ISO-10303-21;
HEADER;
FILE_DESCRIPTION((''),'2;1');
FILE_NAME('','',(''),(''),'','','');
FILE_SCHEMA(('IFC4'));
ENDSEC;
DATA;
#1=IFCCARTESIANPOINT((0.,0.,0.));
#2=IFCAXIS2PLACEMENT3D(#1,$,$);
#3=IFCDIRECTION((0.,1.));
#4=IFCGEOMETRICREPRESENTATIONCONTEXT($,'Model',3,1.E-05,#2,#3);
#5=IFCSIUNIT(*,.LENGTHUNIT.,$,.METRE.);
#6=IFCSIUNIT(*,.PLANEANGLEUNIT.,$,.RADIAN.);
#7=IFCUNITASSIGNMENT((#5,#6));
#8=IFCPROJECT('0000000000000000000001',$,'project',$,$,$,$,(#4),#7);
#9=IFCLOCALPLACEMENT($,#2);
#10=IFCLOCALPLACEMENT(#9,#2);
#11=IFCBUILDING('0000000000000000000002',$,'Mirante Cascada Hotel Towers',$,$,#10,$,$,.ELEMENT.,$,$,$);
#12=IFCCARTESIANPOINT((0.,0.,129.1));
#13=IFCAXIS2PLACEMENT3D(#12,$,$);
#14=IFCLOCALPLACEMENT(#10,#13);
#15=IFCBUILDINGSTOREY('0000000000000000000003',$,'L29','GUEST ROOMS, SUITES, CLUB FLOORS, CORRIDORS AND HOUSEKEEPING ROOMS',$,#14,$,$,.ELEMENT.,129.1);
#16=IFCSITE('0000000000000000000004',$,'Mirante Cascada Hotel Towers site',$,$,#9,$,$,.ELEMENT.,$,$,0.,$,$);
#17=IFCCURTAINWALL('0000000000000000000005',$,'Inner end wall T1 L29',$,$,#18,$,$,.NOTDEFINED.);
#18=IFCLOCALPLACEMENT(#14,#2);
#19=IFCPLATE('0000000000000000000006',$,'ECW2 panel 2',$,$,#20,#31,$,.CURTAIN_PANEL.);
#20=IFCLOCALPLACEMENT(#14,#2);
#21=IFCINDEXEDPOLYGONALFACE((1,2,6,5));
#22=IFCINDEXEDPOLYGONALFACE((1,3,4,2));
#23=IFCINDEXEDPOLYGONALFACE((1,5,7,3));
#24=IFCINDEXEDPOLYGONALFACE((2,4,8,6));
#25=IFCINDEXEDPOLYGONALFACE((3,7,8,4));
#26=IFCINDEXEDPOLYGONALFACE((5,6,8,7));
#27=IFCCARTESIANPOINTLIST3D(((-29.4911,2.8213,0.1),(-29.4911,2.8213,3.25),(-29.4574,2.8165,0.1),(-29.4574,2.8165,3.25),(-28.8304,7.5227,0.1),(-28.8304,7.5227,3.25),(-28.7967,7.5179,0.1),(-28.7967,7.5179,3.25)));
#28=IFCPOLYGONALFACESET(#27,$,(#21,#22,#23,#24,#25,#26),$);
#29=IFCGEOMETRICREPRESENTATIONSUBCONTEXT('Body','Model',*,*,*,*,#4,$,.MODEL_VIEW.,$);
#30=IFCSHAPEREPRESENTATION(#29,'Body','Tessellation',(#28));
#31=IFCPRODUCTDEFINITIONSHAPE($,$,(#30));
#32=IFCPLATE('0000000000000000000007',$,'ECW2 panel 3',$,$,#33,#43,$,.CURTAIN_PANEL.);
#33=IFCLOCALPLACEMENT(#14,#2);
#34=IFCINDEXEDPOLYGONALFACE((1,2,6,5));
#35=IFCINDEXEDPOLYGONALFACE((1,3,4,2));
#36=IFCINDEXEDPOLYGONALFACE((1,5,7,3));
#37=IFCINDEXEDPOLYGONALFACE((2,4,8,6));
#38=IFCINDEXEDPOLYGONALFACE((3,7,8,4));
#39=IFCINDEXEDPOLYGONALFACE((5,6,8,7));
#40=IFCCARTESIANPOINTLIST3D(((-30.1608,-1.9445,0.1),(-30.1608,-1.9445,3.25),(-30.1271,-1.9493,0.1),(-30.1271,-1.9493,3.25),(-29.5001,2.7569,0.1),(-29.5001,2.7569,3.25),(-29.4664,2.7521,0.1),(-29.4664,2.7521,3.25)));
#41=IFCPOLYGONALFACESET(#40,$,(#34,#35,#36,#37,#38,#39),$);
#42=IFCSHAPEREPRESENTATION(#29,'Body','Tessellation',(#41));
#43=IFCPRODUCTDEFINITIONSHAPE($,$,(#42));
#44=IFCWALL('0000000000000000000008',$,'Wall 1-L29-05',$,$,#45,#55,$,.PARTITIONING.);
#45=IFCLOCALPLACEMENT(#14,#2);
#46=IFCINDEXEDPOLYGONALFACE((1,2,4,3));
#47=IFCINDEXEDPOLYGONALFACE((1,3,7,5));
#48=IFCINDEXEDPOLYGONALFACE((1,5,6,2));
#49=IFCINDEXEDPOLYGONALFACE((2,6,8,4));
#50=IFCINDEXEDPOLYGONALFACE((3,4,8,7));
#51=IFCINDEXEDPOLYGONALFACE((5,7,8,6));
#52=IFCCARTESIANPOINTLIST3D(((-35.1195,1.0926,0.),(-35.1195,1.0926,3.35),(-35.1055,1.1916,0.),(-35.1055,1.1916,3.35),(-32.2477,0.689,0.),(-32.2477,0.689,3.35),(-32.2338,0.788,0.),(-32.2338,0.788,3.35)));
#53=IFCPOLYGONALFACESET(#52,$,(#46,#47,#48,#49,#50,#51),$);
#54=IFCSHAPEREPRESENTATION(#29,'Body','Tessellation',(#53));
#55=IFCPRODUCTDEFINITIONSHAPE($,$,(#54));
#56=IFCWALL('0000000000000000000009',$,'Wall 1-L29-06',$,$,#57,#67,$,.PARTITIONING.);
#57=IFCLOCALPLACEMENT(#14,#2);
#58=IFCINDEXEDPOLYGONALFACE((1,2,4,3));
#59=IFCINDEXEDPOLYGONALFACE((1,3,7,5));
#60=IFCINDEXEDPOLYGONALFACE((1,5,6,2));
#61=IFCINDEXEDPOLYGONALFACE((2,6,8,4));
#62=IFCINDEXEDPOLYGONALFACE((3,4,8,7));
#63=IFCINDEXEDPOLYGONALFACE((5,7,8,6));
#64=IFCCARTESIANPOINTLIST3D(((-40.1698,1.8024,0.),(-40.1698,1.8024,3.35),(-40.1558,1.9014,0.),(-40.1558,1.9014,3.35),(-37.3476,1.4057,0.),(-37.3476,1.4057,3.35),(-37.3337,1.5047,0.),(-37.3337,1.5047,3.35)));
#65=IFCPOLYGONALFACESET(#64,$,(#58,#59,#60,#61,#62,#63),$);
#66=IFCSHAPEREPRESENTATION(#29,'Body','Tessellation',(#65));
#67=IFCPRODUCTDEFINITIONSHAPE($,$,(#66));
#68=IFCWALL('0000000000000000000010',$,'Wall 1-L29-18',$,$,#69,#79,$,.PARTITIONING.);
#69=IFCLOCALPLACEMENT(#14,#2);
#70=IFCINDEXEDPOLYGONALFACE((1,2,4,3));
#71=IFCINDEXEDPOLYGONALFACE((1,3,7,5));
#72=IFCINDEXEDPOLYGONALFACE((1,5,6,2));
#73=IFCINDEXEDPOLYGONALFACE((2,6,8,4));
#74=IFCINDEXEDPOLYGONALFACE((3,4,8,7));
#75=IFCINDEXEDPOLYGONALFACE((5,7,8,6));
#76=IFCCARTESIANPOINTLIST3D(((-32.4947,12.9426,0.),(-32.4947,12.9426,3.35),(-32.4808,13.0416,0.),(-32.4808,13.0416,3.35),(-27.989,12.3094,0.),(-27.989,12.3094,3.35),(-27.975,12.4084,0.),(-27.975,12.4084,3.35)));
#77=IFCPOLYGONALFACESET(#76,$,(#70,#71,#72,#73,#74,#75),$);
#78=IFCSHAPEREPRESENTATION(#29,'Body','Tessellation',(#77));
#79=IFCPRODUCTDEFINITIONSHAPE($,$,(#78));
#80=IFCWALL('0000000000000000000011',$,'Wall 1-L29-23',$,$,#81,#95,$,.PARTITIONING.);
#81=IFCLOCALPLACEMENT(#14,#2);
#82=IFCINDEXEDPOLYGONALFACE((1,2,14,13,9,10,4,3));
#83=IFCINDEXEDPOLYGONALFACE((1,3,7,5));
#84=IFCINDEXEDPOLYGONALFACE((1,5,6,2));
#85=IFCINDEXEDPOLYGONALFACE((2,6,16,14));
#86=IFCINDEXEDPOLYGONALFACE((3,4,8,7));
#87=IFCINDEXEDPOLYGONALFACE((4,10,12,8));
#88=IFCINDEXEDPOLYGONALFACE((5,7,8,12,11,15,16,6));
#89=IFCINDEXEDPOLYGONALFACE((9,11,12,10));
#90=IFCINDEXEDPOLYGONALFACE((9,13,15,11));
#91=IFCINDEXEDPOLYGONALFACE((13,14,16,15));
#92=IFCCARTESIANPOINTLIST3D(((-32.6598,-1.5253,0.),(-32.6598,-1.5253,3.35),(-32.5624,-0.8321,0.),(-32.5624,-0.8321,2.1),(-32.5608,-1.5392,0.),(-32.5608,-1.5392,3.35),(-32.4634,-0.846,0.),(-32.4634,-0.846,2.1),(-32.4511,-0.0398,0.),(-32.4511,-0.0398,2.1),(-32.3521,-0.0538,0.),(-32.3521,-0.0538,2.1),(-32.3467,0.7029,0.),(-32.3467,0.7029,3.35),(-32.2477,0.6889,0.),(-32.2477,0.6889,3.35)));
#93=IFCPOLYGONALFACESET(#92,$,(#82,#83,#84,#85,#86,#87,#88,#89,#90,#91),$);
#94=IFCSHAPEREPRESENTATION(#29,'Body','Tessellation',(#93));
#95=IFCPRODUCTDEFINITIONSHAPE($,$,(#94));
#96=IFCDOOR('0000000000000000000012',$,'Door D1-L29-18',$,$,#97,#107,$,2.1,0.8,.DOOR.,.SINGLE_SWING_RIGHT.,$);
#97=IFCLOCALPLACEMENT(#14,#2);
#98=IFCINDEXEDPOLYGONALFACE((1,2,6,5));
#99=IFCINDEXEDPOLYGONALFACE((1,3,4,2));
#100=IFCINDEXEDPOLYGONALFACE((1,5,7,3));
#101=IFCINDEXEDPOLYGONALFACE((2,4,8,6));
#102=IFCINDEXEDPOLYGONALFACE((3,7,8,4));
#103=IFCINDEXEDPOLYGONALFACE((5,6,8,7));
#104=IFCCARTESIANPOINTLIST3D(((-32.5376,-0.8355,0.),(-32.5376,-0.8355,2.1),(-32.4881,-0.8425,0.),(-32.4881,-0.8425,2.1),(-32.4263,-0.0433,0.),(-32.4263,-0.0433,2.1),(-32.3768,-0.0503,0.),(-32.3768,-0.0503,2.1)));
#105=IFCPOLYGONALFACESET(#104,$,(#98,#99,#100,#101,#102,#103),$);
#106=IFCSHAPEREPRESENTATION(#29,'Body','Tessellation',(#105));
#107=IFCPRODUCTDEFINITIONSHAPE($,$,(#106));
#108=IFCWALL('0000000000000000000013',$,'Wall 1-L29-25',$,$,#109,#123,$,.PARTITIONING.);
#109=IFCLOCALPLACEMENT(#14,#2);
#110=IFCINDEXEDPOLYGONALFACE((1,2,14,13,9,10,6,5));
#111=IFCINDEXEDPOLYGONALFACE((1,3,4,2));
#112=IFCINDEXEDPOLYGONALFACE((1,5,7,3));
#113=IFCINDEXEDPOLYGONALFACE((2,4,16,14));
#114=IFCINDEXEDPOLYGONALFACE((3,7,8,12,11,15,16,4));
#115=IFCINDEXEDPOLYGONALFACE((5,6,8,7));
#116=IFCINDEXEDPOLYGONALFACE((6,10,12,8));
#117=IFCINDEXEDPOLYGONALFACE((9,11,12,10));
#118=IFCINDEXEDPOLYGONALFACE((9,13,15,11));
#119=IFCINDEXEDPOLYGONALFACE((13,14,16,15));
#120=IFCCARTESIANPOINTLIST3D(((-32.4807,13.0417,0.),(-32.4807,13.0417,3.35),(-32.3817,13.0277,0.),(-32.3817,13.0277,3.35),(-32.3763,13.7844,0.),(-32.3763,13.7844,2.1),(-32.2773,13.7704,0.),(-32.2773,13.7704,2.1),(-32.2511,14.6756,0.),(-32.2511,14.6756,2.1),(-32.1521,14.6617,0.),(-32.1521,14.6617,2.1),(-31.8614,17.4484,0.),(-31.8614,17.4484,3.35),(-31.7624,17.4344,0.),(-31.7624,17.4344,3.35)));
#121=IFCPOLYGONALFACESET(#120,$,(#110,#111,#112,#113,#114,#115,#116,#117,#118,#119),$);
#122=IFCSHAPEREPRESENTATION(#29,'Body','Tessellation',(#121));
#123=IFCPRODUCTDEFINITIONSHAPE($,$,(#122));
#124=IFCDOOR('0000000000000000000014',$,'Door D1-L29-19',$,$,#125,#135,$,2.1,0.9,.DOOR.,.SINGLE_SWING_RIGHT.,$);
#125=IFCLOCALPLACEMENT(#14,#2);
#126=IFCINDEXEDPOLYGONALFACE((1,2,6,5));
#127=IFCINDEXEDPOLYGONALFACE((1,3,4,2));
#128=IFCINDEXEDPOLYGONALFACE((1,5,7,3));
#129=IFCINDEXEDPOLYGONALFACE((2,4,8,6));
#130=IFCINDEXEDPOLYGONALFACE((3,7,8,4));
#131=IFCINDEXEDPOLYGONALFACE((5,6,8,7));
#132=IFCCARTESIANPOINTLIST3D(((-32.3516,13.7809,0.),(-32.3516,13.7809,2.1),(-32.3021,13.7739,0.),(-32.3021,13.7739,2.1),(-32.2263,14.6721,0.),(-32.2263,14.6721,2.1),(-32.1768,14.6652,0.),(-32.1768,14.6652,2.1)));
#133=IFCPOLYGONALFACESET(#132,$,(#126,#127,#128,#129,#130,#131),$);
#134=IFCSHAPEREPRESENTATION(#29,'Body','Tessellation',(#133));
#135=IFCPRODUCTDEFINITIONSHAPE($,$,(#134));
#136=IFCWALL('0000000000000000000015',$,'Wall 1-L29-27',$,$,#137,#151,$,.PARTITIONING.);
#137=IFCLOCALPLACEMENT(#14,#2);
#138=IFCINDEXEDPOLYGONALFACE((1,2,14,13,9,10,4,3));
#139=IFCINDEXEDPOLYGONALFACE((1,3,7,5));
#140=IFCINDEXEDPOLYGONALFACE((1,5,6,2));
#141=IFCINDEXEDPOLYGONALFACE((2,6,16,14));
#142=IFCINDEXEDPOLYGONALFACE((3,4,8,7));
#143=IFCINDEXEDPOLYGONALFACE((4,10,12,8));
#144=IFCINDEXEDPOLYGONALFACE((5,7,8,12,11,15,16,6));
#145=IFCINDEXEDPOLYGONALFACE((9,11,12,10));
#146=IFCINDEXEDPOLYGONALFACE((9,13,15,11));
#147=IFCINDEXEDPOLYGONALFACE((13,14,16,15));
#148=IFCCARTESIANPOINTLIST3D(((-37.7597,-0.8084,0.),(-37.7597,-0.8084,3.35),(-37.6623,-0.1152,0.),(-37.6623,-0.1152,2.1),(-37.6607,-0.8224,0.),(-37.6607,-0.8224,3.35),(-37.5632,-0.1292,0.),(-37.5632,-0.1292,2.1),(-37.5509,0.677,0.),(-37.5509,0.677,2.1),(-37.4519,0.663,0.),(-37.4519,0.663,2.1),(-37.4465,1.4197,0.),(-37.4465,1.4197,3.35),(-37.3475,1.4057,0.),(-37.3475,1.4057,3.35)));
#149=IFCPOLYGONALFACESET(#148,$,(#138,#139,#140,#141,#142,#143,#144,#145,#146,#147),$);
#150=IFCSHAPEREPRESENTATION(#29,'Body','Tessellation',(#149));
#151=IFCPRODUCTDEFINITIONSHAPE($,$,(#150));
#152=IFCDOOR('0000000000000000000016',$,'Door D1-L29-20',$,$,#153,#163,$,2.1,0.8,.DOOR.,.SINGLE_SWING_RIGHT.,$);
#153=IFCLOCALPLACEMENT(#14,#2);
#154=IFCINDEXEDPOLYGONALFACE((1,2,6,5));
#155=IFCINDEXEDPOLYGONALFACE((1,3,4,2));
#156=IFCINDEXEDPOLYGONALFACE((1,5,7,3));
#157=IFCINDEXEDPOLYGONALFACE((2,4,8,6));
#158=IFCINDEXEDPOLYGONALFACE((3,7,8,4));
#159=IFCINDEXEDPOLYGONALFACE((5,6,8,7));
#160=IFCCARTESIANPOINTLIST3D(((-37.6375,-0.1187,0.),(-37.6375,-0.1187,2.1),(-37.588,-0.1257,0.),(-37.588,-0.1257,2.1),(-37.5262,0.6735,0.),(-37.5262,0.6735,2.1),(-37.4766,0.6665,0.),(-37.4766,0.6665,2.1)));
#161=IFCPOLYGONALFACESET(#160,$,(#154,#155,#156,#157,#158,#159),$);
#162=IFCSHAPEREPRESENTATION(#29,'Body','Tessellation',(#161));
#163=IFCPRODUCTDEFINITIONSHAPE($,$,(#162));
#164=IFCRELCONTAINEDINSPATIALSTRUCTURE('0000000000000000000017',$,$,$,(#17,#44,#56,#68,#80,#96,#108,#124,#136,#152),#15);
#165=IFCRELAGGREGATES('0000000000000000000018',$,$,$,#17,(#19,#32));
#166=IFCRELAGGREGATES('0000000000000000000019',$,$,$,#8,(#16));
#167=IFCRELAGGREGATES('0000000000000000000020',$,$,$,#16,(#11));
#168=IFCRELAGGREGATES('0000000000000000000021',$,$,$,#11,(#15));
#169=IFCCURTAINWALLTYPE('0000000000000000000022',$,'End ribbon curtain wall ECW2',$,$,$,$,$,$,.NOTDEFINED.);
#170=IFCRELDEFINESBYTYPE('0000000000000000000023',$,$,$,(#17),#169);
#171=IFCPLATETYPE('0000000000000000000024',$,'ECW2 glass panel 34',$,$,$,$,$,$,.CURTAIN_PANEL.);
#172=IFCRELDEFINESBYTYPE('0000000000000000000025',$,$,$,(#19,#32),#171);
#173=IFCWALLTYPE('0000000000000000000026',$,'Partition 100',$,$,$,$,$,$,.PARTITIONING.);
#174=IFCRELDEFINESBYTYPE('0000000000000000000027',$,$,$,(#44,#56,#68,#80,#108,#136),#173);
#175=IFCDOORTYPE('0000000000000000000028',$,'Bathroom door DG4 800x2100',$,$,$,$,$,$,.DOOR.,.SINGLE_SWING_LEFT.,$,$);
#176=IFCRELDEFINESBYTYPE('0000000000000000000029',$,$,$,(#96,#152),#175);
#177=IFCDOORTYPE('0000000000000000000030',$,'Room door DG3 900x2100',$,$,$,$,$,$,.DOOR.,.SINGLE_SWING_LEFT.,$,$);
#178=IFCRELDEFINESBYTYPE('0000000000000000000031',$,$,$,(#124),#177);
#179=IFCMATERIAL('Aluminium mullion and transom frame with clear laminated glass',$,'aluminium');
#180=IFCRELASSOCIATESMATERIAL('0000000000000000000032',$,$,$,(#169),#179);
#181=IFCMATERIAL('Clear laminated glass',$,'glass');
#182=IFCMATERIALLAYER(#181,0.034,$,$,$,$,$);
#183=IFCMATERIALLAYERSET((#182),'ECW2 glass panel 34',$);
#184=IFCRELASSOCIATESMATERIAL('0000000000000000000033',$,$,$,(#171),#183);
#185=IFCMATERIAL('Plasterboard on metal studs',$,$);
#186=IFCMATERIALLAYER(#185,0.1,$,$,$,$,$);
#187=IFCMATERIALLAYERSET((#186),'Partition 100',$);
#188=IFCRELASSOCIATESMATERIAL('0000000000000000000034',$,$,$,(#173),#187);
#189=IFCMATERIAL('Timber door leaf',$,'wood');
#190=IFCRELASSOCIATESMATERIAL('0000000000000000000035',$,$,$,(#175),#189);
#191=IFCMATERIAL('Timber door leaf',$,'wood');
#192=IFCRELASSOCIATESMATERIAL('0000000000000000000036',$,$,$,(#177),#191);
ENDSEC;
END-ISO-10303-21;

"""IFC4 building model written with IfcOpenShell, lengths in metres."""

from ifc_helpers import new_model, si_unit, direction, frame, frame_2d, origin, origin_2d, place, context, subcontext, project, spatial, rectangle, extrude, material, layer, layer_set, type_object, element, fill, aggregate, save


model = new_model("IFC4")

# Units and contexts
model_context = context("Model", 3, precision=1e-05, world=origin(), true_north=direction((0.0, 1.0)))
body_context = subcontext(model_context, "Body", "Model", "MODEL_VIEW")
ifc_project = project(units=[si_unit("LENGTHUNIT", "METRE"), si_unit("PLANEANGLEUNIT", "RADIAN")], contexts=[model_context])

# Site, building, storey
site_placement = place(None, origin())
site = spatial("IfcSite", under=ifc_project, at=site_placement, Name="Mirante Cascada Hotel Towers site", CompositionType="ELEMENT", RefElevation=0.0)
building_placement = place(site_placement, origin())
building = spatial("IfcBuilding", under=site, at=building_placement, Name="Mirante Cascada Hotel Towers", CompositionType="ELEMENT")
storey_placement = place(building_placement, frame((0.0, 0.0, 129.1)))
storey = spatial("IfcBuildingStorey", under=building, at=storey_placement, Name="L29", Description="GUEST ROOMS, SUITES, CLUB FLOORS, CORRIDORS AND HOUSEKEEPING ROOMS", CompositionType="ELEMENT", Elevation=129.1)

# Curtain wall
ifc_material_1 = material(Name="Aluminium mullion and transom frame with clear laminated glass", Category="aluminium")
curtain_wall_type_1 = type_object("IfcCurtainWallType", Name="End ribbon curtain wall ECW2", PredefinedType="NOTDEFINED", material=ifc_material_1)
curtain_wall_1_placement = place(storey_placement, origin())
curtain_wall_1 = element("IfcCurtainWall", 1, at=curtain_wall_1_placement, inside=storey, type_object=curtain_wall_type_1, Name="Inner end wall T1 L29", PredefinedType="NOTDEFINED")

# Plates
ifc_material_2 = material(Name="Clear laminated glass", Category="glass")
ifc_layer_1 = layer(ifc_material_2, 0.034)
ifc_layer_set_1 = layer_set([ifc_layer_1], Name="ECW2 glass panel 34")
plate_type_1 = type_object("IfcPlateType", Name="ECW2 glass panel 34", PredefinedType="CURTAIN_PANEL", material=ifc_layer_set_1)
plate_1_placement = place(storey_placement, frame((-29.1439, 5.1696, 0.1), z_axis=(0.0, 0.0, 1.0), x_axis=(-0.139173, -0.990268, 0.0)))
plate_1 = element("IfcPlate", 2, at=plate_1_placement, type_object=plate_type_1, Name="ECW2 panel 2", PredefinedType="CURTAIN_PANEL", context=body_context, shape_type="SweptSolid", body=[
    extrude(rectangle(XDim=4.7476, YDim=0.034, at=origin_2d()), origin(), (0.0, 0.0, 1.0), 3.15),
])
plate_2_placement = place(storey_placement, frame((-29.8136, 0.4038, 0.1), z_axis=(0.0, 0.0, 1.0), x_axis=(-0.139173, -0.990268, 0.0)))
plate_2 = element("IfcPlate", 3, at=plate_2_placement, type_object=plate_type_1, Name="ECW2 panel 3", PredefinedType="CURTAIN_PANEL", context=body_context, shape_type="SweptSolid", body=[
    extrude(rectangle(XDim=4.7476, YDim=0.034, at=origin_2d()), origin(), (0.0, 0.0, 1.0), 3.15),
])
aggregate(curtain_wall_1, [plate_1, plate_2])

# Walls
ifc_material_3 = material(Name="Plasterboard on metal studs")
ifc_layer_2 = layer(ifc_material_3, 0.1)
ifc_layer_set_2 = layer_set([ifc_layer_2], Name="Partition 100")
wall_type_1 = type_object("IfcWallType", Name="Partition 100", PredefinedType="PARTITIONING", material=ifc_layer_set_2)
wall_1_placement = place(storey_placement, frame((-35.1125, 1.1421, 0.0), z_axis=(0.0, 0.0, 1.0), x_axis=(0.990268, -0.139171, 0.0)))
element("IfcWall", 4, at=wall_1_placement, inside=storey, type_object=wall_type_1, Name="Wall 1-L29-05", PredefinedType="PARTITIONING", context=body_context, shape_type="SweptSolid", body=[
    extrude(rectangle(XDim=2.9, YDim=0.1, at=frame_2d((1.45, 0.0))), origin(), (0.0, 0.0, 1.0), 3.35),
])
wall_2_placement = place(storey_placement, frame((-37.3406, 1.4552, 0.0), z_axis=(0.0, 0.0, 1.0), x_axis=(-0.990265, 0.139196, 0.0)))
element("IfcWall", 5, at=wall_2_placement, inside=storey, type_object=wall_type_1, Name="Wall 1-L29-06", PredefinedType="PARTITIONING", context=body_context, shape_type="SweptSolid", body=[
    extrude(rectangle(XDim=2.8499, YDim=0.1, at=frame_2d((1.425, 0.0))), origin(), (0.0, 0.0, 1.0), 3.35),
])
wall_3_placement = place(storey_placement, frame((-27.982, 12.3589, 0.0), z_axis=(0.0, 0.0, 1.0), x_axis=(-0.990269, 0.139166, 0.0)))
element("IfcWall", 6, at=wall_3_placement, inside=storey, type_object=wall_type_1, Name="Wall 1-L29-18", PredefinedType="PARTITIONING", context=body_context, shape_type="SweptSolid", body=[
    extrude(rectangle(XDim=4.55, YDim=0.1, at=frame_2d((2.275, 0.0))), origin(), (0.0, 0.0, 1.0), 3.35),
])

# Walls, openings, doors
wall_4_placement = place(storey_placement, frame((-32.2972, 0.6959, 0.0), z_axis=(0.0, 0.0, 1.0), x_axis=(-0.139156, -0.990271, 0.0)))
wall_4 = element("IfcWall", 7, at=wall_4_placement, inside=storey, type_object=wall_type_1, Name="Wall 1-L29-23", PredefinedType="PARTITIONING", context=body_context, shape_type="SweptSolid", body=[
    extrude(rectangle(XDim=2.25, YDim=0.1, at=frame_2d((1.125, 0.0))), origin(), (0.0, 0.0, 1.0), 3.35),
])
opening_1_placement = place(wall_4_placement, frame((0.75, 0.0, 0.0)))
opening_1 = element("IfcOpeningElement", 8, at=opening_1_placement, cuts=wall_4, PredefinedType="OPENING", context=body_context, shape_type="SweptSolid", body=[
    extrude(rectangle(XDim=0.8, YDim=2.1, at=frame_2d((0.4, 1.05))), frame((0.0, 0.05, 0.0), z_axis=(0.0, -1.0, 0.0), x_axis=(1.0, 0.0, 0.0)), (0.0, 0.0, 1.0), 0.1),
])
ifc_material_4 = material(Name="Timber door leaf", Category="wood")
door_type_1 = type_object("IfcDoorType", Name="Bathroom door DG4 800x2100", OperationType="SINGLE_SWING_LEFT", PredefinedType="DOOR", material=ifc_material_4)
door_1_placement = place(opening_1_placement, frame((0.8, 0.0, 0.0), z_axis=(0.0, 0.0, 1.0), x_axis=(-1.0, 0.0, 0.0)))
door_1 = element("IfcDoor", 9, at=door_1_placement, inside=storey, type_object=door_type_1, Name="Door D1-L29-18", OperationType="SINGLE_SWING_RIGHT", OverallHeight=2.1, OverallWidth=0.8, PredefinedType="DOOR", context=body_context, shape_type="SweptSolid", body=[
    extrude(rectangle(XDim=0.8, YDim=2.1, at=frame_2d((0.4, 1.05))), frame((0.0, 0.025, 0.0), z_axis=(0.0, -1.0, 0.0), x_axis=(1.0, 0.0, 0.0)), (0.0, 0.0, 1.0), 0.05),
])
fill(opening_1, door_1)
wall_5_placement = place(storey_placement, frame((-31.8119, 17.4414, 0.0), z_axis=(0.0, 0.0, 1.0), x_axis=(-0.139168, -0.990269, 0.0)))
wall_5 = element("IfcWall", 10, at=wall_5_placement, inside=storey, type_object=wall_type_1, Name="Wall 1-L29-25", PredefinedType="PARTITIONING", context=body_context, shape_type="SweptSolid", body=[
    extrude(rectangle(XDim=4.45, YDim=0.1, at=frame_2d((2.225, 0.0))), origin(), (0.0, 0.0, 1.0), 3.35),
])
opening_2_placement = place(wall_5_placement, frame((2.8, 0.0, 0.0)))
opening_2 = element("IfcOpeningElement", 11, at=opening_2_placement, cuts=wall_5, PredefinedType="OPENING", context=body_context, shape_type="SweptSolid", body=[
    extrude(rectangle(XDim=0.9, YDim=2.1, at=frame_2d((0.45, 1.05))), frame((0.0, 0.05, 0.0), z_axis=(0.0, -1.0, 0.0), x_axis=(1.0, 0.0, 0.0)), (0.0, 0.0, 1.0), 0.1),
])
ifc_material_5 = material(Name="Timber door leaf", Category="wood")
door_type_2 = type_object("IfcDoorType", Name="Room door DG3 900x2100", OperationType="SINGLE_SWING_LEFT", PredefinedType="DOOR", material=ifc_material_5)
door_2_placement = place(opening_2_placement, frame((0.9, 0.0, 0.0), z_axis=(0.0, 0.0, 1.0), x_axis=(-1.0, 0.0, 0.0)))
door_2 = element("IfcDoor", 12, at=door_2_placement, inside=storey, type_object=door_type_2, Name="Door D1-L29-19", OperationType="SINGLE_SWING_RIGHT", OverallHeight=2.1, OverallWidth=0.9, PredefinedType="DOOR", context=body_context, shape_type="SweptSolid", body=[
    extrude(rectangle(XDim=0.9, YDim=2.1, at=frame_2d((0.45, 1.05))), frame((0.0, 0.025, 0.0), z_axis=(0.0, -1.0, 0.0), x_axis=(1.0, 0.0, 0.0)), (0.0, 0.0, 1.0), 0.05),
])
fill(opening_2, door_2)
wall_6_placement = place(storey_placement, frame((-37.397, 1.4127, 0.0), z_axis=(0.0, 0.0, 1.0), x_axis=(-0.1392, -0.990264, 0.0)))
wall_6 = element("IfcWall", 13, at=wall_6_placement, inside=storey, type_object=wall_type_1, Name="Wall 1-L29-27", PredefinedType="PARTITIONING", context=body_context, shape_type="SweptSolid", body=[
    extrude(rectangle(XDim=2.25, YDim=0.1, at=frame_2d((1.125, 0.0))), origin(), (0.0, 0.0, 1.0), 3.35),
])
opening_3_placement = place(wall_6_placement, frame((0.75, 0.0, 0.0)))
opening_3 = element("IfcOpeningElement", 14, at=opening_3_placement, cuts=wall_6, PredefinedType="OPENING", context=body_context, shape_type="SweptSolid", body=[
    extrude(rectangle(XDim=0.8, YDim=2.1, at=frame_2d((0.4, 1.05))), frame((0.0, 0.05, 0.0), z_axis=(0.0, -1.0, 0.0), x_axis=(1.0, 0.0, 0.0)), (0.0, 0.0, 1.0), 0.1),
])
door_3_placement = place(opening_3_placement, frame((0.8, 0.0, 0.0), z_axis=(0.0, 0.0, 1.0), x_axis=(-1.0, 0.0, 0.0)))
door_3 = element("IfcDoor", 15, at=door_3_placement, inside=storey, type_object=door_type_1, Name="Door D1-L29-20", OperationType="SINGLE_SWING_RIGHT", OverallHeight=2.1, OverallWidth=0.8, PredefinedType="DOOR", context=body_context, shape_type="SweptSolid", body=[
    extrude(rectangle(XDim=0.8, YDim=2.1, at=frame_2d((0.4, 1.05))), frame((0.0, 0.025, 0.0), z_axis=(0.0, -1.0, 0.0), x_axis=(1.0, 0.0, 0.0)), (0.0, 0.0, 1.0), 0.05),
])
fill(opening_3, door_3)

save(model, "model.ifc")
